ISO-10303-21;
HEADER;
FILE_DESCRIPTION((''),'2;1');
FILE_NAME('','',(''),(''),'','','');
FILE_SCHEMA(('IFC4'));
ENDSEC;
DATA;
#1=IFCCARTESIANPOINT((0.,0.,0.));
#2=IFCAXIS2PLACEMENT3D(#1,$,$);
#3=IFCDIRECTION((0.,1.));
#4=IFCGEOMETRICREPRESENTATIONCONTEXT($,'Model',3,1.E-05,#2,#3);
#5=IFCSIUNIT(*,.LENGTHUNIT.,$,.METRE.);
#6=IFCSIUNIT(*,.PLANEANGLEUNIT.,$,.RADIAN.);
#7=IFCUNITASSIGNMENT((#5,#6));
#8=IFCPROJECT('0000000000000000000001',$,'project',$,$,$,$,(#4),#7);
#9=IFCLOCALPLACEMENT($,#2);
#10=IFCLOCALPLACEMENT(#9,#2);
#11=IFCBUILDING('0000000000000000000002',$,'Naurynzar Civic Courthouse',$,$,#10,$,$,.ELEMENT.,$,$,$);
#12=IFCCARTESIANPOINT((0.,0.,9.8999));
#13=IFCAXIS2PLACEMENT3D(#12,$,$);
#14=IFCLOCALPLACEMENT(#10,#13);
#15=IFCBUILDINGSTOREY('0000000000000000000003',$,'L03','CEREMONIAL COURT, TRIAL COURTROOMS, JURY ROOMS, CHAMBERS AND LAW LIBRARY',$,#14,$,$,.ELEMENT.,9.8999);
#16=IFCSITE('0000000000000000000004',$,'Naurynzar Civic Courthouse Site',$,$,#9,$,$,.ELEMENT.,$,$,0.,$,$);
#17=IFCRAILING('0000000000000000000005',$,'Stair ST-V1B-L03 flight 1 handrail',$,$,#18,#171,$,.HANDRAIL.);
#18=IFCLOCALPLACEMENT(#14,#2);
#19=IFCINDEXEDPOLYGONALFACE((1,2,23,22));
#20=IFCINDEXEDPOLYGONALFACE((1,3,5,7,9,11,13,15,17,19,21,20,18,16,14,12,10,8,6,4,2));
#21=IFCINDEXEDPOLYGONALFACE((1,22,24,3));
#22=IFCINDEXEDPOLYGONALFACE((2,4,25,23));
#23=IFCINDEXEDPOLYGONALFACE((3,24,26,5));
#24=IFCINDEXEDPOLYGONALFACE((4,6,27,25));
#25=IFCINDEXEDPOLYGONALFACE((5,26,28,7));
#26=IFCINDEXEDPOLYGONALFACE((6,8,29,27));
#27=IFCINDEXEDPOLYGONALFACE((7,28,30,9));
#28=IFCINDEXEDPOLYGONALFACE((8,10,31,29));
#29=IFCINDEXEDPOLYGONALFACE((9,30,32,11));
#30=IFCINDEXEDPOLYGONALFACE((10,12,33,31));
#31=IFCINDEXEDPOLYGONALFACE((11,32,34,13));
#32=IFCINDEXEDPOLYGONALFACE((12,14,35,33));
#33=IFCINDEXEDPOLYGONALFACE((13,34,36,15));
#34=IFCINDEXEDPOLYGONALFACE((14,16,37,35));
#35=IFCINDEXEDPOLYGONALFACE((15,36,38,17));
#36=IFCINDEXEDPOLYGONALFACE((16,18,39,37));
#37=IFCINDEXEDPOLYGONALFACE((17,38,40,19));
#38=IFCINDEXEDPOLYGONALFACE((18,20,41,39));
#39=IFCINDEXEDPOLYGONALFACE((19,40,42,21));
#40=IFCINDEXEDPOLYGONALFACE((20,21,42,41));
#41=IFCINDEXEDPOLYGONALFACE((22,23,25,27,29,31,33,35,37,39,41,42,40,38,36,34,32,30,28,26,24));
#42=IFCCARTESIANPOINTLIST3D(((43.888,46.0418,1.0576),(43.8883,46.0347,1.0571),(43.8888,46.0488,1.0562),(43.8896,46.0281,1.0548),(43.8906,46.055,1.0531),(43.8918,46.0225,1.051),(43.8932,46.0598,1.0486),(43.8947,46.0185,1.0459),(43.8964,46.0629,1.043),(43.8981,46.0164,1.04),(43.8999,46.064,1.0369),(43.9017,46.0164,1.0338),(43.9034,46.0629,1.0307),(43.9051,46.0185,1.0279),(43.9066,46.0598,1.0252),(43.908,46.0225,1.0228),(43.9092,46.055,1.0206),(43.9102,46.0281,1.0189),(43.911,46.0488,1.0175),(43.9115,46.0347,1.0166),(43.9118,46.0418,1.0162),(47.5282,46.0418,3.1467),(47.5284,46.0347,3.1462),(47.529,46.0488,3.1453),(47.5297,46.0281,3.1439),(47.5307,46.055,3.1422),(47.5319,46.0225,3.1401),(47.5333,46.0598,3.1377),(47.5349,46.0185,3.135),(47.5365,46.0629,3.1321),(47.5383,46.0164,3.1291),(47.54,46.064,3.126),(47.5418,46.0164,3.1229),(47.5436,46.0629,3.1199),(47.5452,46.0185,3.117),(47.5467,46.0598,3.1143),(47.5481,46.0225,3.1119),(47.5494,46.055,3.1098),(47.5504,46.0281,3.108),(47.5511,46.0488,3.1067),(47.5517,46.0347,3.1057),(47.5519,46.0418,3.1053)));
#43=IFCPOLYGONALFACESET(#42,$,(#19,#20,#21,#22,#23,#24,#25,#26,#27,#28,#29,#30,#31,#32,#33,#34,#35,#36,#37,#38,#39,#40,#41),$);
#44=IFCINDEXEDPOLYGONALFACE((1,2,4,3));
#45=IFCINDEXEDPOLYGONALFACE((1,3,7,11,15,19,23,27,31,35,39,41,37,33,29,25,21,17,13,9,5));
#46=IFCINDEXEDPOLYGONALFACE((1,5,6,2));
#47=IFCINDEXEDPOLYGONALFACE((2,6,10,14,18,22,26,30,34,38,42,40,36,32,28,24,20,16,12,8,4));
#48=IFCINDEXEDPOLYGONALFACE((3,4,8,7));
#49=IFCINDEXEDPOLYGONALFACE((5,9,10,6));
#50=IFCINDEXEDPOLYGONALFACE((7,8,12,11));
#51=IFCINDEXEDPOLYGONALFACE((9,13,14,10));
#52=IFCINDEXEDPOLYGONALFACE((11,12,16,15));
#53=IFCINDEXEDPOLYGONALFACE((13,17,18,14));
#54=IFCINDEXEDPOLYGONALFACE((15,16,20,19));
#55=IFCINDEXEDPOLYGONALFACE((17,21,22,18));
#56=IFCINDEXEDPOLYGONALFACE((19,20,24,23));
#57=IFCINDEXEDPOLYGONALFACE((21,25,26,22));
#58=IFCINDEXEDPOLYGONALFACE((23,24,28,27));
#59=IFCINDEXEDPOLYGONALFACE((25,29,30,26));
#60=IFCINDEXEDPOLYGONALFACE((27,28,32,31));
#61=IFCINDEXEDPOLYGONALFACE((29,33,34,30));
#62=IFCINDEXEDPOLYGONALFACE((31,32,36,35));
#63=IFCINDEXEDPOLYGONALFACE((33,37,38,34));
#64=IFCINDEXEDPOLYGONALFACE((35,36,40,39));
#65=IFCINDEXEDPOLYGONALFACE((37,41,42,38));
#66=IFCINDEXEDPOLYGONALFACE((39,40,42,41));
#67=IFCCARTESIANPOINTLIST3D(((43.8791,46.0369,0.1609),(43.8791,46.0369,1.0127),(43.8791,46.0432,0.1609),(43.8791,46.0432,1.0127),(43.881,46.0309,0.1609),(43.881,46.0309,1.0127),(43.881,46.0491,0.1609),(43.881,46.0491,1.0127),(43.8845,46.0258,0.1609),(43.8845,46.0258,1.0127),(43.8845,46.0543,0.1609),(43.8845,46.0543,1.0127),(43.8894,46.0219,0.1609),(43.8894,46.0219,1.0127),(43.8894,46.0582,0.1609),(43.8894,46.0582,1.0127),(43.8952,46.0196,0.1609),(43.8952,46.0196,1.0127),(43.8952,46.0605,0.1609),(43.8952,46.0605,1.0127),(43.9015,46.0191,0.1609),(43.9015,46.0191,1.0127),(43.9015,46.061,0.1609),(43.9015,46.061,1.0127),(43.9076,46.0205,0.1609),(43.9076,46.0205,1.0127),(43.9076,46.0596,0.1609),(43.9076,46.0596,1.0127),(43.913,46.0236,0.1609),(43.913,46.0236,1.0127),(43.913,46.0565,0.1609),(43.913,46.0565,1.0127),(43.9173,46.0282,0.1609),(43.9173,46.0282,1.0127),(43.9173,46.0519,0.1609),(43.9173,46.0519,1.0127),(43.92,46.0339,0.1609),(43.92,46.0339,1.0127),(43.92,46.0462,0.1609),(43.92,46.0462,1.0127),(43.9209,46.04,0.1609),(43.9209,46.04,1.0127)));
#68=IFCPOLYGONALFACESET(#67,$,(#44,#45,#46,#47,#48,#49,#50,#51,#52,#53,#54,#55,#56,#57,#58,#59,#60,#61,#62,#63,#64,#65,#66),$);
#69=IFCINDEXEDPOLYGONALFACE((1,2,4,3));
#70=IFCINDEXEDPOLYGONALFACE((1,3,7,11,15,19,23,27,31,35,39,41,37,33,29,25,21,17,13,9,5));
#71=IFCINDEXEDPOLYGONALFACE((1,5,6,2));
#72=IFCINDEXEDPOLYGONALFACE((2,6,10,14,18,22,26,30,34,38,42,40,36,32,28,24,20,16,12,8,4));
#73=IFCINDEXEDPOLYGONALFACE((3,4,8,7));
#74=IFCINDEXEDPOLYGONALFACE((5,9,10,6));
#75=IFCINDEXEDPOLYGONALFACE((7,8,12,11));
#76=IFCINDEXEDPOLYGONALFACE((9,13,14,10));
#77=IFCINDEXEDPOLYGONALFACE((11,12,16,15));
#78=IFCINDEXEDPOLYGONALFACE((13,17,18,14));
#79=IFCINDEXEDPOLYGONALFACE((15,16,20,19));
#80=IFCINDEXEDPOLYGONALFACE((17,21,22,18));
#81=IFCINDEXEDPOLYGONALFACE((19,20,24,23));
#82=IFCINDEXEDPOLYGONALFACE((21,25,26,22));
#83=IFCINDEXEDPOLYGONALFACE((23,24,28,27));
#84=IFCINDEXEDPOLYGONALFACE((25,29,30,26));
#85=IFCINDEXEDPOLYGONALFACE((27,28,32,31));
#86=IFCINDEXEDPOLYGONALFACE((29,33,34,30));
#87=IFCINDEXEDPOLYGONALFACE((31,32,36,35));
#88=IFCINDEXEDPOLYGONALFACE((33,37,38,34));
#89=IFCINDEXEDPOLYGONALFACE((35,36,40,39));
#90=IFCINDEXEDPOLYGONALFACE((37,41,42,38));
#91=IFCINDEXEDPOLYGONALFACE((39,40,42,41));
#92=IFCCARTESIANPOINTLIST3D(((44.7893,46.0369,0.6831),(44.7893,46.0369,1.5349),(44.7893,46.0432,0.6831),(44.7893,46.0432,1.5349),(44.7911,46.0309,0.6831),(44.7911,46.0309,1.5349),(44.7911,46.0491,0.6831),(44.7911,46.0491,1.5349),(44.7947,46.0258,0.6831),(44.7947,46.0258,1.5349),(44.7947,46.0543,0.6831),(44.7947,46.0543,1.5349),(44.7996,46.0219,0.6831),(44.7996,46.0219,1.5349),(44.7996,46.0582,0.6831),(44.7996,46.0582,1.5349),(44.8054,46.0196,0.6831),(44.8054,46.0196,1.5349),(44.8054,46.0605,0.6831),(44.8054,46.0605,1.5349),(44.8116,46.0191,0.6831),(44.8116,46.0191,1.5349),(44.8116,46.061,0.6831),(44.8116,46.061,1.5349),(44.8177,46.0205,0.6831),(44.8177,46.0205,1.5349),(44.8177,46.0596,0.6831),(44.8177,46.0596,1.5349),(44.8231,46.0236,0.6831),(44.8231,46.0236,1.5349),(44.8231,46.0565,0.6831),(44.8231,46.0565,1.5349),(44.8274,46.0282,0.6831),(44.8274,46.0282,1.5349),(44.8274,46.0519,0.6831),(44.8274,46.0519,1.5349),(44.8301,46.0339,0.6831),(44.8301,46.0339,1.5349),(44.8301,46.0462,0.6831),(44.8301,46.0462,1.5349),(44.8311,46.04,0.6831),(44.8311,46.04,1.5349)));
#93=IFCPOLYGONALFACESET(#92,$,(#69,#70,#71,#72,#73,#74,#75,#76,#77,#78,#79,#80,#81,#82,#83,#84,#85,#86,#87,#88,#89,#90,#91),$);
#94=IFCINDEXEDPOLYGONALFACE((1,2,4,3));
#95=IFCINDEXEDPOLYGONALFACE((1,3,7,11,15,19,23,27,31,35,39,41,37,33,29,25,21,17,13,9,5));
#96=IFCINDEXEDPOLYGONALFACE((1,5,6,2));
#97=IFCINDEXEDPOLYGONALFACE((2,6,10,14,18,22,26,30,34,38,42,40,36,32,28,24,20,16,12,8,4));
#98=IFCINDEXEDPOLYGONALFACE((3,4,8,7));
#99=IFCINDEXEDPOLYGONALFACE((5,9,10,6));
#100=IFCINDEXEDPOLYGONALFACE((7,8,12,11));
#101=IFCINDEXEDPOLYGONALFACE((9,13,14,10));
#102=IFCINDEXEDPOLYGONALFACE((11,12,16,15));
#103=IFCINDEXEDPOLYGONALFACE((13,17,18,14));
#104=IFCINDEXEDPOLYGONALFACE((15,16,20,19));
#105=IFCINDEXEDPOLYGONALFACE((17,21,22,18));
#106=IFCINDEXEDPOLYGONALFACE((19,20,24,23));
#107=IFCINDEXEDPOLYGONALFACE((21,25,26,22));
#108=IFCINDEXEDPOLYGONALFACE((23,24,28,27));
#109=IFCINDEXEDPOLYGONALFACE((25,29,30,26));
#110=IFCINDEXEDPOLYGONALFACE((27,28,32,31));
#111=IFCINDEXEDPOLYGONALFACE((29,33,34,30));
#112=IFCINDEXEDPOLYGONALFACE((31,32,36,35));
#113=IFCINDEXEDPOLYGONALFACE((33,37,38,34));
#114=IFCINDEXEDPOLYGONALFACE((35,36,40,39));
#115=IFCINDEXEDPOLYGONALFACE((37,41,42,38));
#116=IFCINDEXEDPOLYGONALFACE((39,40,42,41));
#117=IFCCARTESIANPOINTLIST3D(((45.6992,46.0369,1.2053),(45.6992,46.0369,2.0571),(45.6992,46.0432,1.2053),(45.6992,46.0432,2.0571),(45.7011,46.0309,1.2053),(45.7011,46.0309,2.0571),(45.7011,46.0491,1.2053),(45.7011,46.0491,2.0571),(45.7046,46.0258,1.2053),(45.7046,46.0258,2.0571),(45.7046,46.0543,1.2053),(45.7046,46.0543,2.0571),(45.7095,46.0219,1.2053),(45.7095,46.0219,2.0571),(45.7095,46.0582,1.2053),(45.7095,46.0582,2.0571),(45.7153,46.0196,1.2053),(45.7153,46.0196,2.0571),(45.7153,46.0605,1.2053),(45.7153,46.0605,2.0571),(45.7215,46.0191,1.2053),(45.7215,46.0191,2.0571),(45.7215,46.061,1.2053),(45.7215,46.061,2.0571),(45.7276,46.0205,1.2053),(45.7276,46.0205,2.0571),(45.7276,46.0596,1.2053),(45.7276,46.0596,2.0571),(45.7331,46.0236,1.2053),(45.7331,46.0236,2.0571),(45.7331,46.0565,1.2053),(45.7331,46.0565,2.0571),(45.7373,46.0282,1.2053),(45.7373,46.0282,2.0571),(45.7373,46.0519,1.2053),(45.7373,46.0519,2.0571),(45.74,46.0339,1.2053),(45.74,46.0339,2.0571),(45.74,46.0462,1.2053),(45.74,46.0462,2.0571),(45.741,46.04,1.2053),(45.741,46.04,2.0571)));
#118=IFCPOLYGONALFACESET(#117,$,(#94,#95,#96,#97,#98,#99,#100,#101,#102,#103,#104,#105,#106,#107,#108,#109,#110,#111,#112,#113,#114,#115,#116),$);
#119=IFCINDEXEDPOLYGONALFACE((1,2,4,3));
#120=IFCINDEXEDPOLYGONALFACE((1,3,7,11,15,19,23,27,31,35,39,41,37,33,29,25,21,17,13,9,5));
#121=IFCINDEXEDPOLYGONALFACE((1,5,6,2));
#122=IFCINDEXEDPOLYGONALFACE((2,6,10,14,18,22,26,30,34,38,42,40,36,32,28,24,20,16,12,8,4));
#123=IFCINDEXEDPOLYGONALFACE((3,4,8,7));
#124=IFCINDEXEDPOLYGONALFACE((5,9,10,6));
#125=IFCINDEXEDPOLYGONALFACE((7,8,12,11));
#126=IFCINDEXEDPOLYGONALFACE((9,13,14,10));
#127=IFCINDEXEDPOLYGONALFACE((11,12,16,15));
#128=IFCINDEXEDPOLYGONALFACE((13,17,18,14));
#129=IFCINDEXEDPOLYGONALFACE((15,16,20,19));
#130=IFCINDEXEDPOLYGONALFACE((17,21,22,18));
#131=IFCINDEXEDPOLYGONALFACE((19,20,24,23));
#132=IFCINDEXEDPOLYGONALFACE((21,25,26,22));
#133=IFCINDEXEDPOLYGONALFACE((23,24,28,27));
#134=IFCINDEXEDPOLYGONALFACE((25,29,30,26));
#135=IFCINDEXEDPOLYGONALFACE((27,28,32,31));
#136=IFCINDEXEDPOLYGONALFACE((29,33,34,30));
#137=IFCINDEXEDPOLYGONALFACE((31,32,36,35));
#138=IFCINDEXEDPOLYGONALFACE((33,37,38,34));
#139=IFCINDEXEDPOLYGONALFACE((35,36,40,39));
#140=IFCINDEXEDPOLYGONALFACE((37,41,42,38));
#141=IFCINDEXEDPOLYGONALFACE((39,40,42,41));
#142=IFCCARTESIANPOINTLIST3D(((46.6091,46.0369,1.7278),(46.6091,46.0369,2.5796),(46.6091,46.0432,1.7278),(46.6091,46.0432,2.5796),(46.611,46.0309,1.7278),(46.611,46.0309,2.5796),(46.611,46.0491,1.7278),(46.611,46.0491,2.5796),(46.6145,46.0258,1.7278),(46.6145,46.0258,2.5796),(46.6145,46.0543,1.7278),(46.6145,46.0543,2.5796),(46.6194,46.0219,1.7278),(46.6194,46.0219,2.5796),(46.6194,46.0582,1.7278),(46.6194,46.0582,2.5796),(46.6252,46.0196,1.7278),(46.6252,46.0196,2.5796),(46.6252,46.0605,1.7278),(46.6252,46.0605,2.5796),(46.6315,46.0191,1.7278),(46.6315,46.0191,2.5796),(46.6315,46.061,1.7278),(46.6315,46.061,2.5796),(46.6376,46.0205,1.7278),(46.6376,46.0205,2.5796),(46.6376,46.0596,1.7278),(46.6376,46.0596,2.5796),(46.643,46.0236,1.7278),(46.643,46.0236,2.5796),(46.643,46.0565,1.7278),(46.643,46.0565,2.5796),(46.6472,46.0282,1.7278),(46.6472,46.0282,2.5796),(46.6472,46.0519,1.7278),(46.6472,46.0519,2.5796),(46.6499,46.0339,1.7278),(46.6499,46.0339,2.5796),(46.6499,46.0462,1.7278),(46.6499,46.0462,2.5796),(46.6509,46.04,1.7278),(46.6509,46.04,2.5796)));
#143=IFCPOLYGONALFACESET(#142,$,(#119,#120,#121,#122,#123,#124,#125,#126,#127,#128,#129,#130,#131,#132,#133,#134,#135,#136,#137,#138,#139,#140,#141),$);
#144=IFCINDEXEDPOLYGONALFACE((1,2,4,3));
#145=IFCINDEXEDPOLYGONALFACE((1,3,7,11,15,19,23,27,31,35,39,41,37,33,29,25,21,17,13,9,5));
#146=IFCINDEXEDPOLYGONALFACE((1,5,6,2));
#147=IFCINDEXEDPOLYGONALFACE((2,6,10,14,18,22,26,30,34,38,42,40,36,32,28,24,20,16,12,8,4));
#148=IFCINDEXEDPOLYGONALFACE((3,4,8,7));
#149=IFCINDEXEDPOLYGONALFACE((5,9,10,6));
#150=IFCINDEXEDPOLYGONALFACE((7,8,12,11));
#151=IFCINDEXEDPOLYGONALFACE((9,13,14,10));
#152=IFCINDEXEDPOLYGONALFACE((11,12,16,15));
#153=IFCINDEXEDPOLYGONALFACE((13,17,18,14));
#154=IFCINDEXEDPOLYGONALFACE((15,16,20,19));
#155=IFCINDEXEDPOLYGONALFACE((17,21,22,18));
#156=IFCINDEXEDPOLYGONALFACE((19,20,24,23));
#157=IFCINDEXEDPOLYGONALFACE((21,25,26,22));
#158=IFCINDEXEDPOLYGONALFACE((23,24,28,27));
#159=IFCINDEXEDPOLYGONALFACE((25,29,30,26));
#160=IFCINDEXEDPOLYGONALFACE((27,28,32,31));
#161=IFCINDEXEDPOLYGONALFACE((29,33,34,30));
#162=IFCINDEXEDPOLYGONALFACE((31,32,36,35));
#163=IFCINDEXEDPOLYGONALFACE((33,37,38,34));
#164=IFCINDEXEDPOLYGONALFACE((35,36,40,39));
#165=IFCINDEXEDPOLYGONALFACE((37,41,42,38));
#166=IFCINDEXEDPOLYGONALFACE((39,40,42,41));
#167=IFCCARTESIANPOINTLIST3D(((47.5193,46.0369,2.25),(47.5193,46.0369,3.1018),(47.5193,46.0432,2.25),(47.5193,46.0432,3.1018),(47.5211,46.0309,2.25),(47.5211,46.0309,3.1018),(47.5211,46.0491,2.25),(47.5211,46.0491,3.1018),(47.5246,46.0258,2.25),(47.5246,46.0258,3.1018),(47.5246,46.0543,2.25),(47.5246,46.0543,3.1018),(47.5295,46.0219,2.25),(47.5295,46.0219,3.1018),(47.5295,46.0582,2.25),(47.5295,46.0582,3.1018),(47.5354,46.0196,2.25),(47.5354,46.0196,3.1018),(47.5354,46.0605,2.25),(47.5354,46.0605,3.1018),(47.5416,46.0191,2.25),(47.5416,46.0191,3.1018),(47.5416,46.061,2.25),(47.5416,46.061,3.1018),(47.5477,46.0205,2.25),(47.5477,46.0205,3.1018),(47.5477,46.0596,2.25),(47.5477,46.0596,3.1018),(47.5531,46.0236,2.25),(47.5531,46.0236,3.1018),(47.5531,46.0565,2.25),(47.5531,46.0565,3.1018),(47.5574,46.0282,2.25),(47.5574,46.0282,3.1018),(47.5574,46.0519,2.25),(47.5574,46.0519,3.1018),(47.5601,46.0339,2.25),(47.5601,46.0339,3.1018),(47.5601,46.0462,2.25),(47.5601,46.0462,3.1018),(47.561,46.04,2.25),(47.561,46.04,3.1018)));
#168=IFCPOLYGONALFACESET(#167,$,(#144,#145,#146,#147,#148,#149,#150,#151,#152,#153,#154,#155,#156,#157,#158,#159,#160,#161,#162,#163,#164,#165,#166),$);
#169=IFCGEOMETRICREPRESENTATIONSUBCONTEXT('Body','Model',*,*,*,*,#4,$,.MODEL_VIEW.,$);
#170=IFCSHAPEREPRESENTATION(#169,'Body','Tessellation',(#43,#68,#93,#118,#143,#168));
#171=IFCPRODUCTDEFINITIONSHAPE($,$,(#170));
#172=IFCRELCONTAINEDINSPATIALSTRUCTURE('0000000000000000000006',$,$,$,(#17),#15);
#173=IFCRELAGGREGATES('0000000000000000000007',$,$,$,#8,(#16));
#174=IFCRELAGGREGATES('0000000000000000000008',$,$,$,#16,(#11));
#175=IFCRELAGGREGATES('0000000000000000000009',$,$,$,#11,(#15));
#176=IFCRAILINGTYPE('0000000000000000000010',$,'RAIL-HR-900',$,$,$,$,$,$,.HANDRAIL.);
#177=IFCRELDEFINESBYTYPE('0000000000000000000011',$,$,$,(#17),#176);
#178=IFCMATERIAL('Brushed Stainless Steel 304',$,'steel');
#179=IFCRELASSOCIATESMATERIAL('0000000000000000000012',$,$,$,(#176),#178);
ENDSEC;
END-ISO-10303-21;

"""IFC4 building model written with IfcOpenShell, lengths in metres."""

from ifc_helpers import new_model, si_unit, direction, frame, origin, origin_2d, place, context, subcontext, project, spatial, circle, extrude, material, type_object, element, save


model = new_model("IFC4")

# Units and contexts
model_context = context("Model", 3, precision=1e-05, world=origin(), true_north=direction((0.0, 1.0)))
body_context = subcontext(model_context, "Body", "Model", "MODEL_VIEW")
ifc_project = project(units=[si_unit("LENGTHUNIT", "METRE"), si_unit("PLANEANGLEUNIT", "RADIAN")], contexts=[model_context])

# Site, building, storey
site_placement = place(None, origin())
site = spatial("IfcSite", under=ifc_project, at=site_placement, Name="Naurynzar Civic Courthouse Site", CompositionType="ELEMENT", RefElevation=0.0)
building_placement = place(site_placement, origin())
building = spatial("IfcBuilding", under=site, at=building_placement, Name="Naurynzar Civic Courthouse", CompositionType="ELEMENT")
storey_placement = place(building_placement, frame((0.0, 0.0, 9.8999)))
storey = spatial("IfcBuildingStorey", under=building, at=storey_placement, Name="L03", Description="CEREMONIAL COURT, TRIAL COURTROOMS, JURY ROOMS, CHAMBERS AND LAW LIBRARY", CompositionType="ELEMENT", Elevation=9.8999)

# Railing
ifc_material_1 = material(Name="Brushed Stainless Steel 304", Category="steel")
railing_type_1 = type_object("IfcRailingType", Name="RAIL-HR-900", PredefinedType="HANDRAIL", material=ifc_material_1)
railing_1_placement = place(storey_placement, frame((43.8999, 46.04, 0.1609)))
element("IfcRailing", 1, at=railing_1_placement, inside=storey, type_object=railing_type_1, Name="Stair ST-V1B-L03 flight 1 handrail", PredefinedType="HANDRAIL", context=body_context, shape_type="SweptSolid", body=[
    extrude(circle(Radius=0.0239, at=origin_2d()), frame((0.0, 0.0, 0.876), z_axis=(0.867314, 0.0, 0.497761), x_axis=(0.0, 1.0, 0.0)), (0.0, 0.0, 1.0), 4.197),
    extrude(circle(Radius=0.021, at=origin_2d()), origin(), (0.0, 0.0, 1.0), 0.8518),
    extrude(circle(Radius=0.021, at=origin_2d()), frame((0.9102, 0.0, 0.5222)), (0.0, 0.0, 1.0), 0.8518),
    extrude(circle(Radius=0.021, at=origin_2d()), frame((1.8201, 0.0, 1.0444)), (0.0, 0.0, 1.0), 0.8518),
    extrude(circle(Radius=0.021, at=origin_2d()), frame((2.73, 0.0, 1.5669)), (0.0, 0.0, 1.0), 0.8518),
    extrude(circle(Radius=0.021, at=origin_2d()), frame((3.6401, 0.0, 2.0891)), (0.0, 0.0, 1.0), 0.8518),
])

save(model, "model.ifc")
